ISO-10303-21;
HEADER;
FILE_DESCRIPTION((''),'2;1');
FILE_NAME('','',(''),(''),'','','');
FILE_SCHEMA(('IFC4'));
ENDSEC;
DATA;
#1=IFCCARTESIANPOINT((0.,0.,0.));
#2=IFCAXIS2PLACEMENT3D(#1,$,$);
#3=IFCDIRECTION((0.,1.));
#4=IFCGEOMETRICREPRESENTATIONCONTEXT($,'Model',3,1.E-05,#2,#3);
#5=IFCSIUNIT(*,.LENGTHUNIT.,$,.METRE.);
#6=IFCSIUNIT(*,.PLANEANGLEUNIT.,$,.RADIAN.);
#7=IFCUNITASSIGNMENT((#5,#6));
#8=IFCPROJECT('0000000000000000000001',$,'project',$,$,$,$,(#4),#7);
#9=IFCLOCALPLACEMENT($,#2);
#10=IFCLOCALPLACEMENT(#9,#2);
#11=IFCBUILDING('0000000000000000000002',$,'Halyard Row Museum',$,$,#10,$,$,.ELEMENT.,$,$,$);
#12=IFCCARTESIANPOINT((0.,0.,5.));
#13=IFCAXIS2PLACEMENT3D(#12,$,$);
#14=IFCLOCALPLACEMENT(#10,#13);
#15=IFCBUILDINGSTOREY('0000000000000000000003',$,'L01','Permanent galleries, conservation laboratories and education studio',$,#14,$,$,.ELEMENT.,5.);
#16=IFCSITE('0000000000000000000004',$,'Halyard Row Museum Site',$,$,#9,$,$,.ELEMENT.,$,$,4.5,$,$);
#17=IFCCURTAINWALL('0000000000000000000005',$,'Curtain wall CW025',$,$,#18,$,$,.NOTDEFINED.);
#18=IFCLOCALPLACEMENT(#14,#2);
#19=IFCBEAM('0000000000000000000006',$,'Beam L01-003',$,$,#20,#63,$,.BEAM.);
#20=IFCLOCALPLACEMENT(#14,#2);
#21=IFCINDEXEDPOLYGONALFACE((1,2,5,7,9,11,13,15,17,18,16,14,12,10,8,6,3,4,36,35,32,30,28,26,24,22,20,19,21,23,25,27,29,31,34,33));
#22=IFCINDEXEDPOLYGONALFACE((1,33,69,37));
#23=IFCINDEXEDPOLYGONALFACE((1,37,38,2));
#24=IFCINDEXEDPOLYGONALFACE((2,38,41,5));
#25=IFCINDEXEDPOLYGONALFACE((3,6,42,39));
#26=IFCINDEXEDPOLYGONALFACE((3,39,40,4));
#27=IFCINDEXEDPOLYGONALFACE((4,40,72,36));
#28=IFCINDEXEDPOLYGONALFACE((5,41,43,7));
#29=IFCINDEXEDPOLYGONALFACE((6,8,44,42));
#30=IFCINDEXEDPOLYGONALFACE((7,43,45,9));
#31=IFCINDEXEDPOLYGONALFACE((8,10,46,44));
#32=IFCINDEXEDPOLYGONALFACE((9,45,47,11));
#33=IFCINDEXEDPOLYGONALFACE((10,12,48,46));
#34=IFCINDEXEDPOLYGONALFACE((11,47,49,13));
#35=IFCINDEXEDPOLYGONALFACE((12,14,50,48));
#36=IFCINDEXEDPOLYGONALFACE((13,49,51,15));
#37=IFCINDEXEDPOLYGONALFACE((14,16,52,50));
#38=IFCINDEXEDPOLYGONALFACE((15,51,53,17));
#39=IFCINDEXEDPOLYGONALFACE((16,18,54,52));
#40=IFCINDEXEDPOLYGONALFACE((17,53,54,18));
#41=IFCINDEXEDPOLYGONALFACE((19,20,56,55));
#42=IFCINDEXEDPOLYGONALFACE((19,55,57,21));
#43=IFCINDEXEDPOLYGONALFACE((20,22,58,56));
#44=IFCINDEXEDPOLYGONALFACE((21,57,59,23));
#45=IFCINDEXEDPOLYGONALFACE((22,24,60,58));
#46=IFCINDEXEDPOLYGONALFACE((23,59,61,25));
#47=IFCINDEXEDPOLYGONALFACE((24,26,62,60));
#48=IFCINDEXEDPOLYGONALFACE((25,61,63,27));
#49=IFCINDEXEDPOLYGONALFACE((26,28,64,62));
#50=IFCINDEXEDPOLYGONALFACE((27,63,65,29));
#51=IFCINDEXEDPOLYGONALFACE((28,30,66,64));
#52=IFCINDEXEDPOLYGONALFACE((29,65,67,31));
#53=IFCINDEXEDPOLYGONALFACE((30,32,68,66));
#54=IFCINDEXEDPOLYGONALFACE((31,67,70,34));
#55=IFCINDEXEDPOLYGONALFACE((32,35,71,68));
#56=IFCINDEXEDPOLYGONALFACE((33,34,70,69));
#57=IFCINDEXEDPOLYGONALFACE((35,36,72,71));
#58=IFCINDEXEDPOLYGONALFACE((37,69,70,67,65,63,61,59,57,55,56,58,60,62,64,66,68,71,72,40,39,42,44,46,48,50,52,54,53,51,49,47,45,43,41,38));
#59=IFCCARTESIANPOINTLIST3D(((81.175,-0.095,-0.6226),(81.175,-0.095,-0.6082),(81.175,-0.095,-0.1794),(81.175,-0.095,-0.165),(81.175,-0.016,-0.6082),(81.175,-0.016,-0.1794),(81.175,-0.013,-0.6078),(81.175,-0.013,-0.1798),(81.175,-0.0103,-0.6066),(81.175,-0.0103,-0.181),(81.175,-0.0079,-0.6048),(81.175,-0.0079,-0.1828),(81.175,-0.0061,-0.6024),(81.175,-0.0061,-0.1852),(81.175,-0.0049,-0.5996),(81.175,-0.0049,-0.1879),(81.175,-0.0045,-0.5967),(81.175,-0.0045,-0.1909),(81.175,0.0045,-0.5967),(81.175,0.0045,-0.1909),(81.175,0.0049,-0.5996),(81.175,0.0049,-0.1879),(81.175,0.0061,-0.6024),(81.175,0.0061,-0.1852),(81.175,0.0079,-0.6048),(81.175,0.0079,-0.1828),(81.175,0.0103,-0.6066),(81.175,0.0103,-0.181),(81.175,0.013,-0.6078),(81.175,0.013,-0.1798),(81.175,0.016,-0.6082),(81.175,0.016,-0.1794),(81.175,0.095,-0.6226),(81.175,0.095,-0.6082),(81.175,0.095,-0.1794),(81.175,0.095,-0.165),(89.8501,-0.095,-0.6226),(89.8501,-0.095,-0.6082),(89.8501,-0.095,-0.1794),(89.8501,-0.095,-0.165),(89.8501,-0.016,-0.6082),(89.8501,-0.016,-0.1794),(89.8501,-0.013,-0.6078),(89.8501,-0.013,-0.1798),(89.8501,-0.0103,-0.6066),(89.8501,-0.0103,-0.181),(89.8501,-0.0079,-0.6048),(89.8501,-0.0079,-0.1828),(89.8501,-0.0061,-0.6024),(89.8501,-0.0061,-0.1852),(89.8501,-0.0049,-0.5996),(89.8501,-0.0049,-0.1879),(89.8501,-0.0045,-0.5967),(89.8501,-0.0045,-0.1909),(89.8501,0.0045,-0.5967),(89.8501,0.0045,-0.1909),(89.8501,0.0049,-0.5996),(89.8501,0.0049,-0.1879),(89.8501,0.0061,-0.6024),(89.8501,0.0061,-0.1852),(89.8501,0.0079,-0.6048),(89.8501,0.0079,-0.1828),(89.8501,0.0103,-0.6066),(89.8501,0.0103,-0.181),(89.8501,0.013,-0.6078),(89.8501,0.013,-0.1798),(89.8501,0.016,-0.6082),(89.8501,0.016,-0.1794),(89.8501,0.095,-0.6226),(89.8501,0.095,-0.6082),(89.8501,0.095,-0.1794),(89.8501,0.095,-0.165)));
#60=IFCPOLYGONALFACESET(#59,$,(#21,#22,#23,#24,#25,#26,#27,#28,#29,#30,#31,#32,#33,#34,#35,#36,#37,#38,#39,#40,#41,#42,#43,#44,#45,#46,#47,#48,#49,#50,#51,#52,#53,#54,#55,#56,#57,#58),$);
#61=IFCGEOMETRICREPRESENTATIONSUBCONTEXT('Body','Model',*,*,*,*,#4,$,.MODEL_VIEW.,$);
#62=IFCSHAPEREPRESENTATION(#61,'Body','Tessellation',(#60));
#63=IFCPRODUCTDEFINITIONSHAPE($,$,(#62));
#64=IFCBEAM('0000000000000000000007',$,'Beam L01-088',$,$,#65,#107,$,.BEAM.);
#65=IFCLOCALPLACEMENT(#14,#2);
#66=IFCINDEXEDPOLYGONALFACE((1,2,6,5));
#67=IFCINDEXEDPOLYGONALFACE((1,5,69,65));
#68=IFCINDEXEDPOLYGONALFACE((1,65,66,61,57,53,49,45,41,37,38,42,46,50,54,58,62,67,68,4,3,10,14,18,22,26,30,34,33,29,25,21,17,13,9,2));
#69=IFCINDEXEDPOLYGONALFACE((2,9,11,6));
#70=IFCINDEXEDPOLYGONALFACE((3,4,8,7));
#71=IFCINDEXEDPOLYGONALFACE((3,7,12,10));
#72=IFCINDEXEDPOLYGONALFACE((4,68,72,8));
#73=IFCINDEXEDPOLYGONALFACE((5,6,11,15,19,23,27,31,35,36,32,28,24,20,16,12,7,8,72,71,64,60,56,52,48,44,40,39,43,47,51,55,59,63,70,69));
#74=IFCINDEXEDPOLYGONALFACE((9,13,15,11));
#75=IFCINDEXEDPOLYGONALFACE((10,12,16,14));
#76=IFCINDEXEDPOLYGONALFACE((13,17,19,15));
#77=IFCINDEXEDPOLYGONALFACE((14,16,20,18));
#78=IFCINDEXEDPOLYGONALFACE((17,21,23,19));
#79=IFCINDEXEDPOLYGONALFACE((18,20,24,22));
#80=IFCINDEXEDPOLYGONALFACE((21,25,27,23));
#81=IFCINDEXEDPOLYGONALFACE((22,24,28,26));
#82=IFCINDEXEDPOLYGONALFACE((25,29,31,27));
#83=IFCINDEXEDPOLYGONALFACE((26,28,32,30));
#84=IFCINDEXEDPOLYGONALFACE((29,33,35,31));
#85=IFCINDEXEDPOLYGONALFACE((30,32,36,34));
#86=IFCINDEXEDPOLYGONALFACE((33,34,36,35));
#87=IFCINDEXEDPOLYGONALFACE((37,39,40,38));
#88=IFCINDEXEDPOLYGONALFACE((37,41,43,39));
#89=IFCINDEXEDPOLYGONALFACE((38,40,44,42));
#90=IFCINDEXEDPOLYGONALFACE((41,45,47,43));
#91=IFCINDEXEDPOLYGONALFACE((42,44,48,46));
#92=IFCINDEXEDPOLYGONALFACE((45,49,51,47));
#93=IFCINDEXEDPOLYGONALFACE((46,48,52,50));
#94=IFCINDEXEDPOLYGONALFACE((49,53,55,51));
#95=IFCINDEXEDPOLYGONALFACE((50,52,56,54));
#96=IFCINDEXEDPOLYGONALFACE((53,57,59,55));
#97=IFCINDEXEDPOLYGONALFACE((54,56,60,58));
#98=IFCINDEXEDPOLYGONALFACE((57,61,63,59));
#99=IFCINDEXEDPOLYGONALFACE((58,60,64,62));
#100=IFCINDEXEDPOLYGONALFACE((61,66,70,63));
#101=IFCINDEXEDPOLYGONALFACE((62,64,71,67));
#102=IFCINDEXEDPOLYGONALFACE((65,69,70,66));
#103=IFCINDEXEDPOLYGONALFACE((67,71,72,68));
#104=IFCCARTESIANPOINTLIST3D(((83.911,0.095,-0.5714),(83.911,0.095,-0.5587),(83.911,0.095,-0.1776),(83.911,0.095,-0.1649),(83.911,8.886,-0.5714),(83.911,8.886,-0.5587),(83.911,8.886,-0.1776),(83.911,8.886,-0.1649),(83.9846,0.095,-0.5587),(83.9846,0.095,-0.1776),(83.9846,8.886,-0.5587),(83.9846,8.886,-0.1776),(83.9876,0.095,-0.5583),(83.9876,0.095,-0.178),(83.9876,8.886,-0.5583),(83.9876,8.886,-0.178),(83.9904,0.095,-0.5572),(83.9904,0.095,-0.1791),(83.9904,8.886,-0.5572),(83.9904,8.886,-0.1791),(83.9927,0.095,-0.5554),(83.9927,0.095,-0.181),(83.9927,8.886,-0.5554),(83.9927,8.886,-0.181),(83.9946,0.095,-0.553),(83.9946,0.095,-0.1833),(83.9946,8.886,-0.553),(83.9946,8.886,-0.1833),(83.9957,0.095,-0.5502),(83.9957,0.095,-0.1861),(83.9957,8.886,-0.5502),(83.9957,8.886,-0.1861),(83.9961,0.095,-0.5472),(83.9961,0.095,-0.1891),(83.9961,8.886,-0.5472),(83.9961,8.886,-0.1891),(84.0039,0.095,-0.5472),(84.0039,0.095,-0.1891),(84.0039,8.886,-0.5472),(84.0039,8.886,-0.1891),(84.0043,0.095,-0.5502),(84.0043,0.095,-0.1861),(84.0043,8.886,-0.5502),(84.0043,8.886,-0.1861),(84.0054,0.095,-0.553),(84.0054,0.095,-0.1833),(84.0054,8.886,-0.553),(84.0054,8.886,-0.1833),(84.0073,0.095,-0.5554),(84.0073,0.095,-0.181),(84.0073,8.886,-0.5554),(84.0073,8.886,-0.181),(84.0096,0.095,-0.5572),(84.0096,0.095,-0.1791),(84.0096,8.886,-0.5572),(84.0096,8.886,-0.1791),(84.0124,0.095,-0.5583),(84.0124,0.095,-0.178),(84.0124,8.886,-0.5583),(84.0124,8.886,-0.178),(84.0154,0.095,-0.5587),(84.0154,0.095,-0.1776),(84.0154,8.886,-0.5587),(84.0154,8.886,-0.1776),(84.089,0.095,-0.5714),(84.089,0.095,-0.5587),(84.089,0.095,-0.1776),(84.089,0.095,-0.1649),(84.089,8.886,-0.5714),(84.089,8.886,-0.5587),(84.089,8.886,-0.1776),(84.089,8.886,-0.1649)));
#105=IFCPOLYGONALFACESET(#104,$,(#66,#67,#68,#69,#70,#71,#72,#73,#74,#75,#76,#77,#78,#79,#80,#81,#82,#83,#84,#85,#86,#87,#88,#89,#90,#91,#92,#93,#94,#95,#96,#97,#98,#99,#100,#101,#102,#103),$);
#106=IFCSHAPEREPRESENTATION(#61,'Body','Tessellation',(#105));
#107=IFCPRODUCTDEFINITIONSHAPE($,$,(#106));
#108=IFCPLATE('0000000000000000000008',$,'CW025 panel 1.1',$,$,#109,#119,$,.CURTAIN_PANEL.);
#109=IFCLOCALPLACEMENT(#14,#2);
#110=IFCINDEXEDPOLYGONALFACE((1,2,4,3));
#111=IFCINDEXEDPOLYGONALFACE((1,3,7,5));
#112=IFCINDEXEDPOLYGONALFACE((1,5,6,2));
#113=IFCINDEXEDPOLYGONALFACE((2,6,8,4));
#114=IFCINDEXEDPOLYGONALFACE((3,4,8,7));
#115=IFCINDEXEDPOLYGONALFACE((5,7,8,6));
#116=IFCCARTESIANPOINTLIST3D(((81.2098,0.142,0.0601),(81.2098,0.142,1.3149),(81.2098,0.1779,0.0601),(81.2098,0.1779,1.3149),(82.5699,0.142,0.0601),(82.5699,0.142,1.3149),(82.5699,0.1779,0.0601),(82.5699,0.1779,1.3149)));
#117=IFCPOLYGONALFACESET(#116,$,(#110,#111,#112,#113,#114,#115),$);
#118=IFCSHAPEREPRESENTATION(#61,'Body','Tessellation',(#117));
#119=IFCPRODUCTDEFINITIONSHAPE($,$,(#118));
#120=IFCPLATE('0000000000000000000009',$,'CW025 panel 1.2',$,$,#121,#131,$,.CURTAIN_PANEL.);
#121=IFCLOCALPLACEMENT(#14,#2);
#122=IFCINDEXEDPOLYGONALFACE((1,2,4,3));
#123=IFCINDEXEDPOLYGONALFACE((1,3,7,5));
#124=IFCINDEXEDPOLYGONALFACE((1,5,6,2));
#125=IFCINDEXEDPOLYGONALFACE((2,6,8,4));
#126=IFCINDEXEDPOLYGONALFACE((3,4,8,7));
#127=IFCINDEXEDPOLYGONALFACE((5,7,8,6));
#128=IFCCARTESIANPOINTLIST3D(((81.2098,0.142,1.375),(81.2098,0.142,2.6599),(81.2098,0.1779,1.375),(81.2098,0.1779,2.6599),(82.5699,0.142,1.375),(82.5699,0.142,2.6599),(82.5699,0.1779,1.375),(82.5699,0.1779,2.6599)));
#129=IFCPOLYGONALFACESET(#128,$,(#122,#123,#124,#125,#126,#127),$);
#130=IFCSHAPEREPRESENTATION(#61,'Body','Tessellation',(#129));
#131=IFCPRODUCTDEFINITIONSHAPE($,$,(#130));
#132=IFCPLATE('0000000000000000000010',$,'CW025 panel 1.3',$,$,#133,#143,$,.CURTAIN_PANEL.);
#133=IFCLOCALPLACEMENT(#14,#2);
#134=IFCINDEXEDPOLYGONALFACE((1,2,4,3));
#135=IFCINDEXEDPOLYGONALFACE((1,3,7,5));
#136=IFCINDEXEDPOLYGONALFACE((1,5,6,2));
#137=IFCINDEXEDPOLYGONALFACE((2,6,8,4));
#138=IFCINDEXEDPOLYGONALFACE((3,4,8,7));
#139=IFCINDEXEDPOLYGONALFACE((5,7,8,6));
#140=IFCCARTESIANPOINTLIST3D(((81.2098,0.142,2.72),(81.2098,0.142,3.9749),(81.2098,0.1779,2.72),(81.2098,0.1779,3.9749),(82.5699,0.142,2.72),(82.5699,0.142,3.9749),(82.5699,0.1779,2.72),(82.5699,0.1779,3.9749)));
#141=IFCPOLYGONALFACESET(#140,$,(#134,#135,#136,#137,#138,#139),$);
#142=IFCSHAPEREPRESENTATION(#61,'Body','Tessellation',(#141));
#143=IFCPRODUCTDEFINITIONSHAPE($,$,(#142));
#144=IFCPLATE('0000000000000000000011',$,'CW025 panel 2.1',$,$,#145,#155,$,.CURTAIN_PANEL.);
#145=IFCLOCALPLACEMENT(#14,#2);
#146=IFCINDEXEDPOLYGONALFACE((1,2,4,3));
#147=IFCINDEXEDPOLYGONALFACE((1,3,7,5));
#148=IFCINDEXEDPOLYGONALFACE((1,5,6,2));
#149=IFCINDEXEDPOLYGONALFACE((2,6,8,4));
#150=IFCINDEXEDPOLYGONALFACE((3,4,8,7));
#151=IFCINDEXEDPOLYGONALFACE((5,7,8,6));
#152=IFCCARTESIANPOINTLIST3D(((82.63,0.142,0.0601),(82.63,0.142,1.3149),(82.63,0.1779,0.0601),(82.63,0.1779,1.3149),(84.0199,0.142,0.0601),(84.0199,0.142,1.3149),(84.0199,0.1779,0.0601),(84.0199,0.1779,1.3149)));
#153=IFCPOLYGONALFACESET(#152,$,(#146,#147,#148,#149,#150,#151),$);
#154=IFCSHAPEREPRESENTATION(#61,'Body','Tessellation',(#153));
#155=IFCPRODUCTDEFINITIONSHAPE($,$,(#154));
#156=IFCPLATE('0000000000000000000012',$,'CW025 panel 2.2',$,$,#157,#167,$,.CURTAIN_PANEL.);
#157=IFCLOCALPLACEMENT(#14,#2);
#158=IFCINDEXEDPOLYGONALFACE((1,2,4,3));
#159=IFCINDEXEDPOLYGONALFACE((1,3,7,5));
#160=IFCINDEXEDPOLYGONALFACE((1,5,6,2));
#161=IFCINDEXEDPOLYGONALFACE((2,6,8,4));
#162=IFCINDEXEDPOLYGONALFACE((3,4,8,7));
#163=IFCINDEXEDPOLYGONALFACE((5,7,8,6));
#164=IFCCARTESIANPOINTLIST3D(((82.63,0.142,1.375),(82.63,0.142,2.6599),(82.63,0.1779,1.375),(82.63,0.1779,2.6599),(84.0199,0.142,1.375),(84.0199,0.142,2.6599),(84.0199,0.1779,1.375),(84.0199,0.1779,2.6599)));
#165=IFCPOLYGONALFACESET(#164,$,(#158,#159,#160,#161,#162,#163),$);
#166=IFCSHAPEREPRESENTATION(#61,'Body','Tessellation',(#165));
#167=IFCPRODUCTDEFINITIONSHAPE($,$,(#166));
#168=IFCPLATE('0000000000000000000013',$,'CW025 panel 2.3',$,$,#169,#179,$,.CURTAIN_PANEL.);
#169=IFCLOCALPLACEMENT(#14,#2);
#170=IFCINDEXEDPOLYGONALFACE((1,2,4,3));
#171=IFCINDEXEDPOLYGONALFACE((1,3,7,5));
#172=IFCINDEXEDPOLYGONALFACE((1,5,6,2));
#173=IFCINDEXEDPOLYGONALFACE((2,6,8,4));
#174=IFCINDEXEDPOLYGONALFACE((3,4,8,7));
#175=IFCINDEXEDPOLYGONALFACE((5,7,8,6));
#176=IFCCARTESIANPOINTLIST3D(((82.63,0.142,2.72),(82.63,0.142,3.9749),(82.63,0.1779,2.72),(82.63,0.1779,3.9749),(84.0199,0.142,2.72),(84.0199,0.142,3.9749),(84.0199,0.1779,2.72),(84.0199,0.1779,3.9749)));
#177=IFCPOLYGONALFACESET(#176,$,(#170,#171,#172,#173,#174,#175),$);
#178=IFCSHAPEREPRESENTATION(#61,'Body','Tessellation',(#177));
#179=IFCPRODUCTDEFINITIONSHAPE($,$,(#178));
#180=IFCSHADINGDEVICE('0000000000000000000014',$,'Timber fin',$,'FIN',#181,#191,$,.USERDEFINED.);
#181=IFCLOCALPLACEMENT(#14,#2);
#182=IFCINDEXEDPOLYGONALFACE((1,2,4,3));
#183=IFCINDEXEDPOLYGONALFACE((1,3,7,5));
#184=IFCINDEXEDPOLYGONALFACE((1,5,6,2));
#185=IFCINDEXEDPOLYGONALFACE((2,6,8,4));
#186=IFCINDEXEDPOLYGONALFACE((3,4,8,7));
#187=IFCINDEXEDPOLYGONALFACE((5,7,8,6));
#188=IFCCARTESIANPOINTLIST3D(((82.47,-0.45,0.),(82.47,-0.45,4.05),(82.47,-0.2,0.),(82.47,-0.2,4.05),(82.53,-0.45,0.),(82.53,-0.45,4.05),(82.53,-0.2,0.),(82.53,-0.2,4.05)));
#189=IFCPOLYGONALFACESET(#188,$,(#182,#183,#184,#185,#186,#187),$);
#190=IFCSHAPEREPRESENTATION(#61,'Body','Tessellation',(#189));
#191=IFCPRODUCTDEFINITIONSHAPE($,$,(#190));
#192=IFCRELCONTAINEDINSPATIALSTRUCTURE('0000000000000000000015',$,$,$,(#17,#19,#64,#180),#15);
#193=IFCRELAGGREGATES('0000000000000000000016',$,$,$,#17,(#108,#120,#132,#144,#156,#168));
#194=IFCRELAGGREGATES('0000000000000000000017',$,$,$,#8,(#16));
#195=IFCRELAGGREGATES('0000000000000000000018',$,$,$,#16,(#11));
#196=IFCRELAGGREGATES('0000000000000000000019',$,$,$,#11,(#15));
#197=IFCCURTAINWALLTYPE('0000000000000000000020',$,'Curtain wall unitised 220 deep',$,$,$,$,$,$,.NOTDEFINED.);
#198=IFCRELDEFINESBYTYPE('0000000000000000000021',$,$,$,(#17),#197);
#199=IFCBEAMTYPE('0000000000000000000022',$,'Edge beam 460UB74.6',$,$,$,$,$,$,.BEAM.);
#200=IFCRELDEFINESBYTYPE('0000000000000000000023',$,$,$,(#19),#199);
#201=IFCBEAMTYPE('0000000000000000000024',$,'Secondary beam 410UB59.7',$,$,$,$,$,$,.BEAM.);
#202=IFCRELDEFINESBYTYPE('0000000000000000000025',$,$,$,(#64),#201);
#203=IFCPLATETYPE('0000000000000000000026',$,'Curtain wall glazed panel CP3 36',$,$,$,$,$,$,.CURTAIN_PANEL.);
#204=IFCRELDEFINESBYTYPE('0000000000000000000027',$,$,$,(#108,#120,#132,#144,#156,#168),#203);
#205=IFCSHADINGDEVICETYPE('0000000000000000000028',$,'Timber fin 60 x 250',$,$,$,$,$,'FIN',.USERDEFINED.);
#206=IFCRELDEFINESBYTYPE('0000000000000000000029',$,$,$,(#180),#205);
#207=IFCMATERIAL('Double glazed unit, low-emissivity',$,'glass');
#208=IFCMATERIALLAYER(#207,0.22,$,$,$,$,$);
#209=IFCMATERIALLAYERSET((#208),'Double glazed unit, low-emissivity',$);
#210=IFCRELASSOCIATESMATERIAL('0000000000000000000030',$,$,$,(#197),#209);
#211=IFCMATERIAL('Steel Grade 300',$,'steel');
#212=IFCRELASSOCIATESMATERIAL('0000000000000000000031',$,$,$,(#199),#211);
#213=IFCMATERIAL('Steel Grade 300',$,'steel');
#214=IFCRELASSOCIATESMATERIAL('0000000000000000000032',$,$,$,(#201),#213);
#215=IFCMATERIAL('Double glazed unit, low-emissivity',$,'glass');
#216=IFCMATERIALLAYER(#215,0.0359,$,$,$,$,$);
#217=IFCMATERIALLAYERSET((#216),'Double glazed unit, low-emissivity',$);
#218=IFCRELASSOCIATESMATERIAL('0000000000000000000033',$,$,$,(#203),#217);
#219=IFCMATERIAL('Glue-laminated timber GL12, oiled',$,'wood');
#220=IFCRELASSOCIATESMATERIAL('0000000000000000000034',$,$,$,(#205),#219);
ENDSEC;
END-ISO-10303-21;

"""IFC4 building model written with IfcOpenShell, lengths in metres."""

from ifc_helpers import new_model, si_unit, direction, frame, origin, origin_2d, place, context, subcontext, project, spatial, rectangle, i_section, extrude, material, layer, layer_set, material_profile, profile_set, type_object, element, aggregate, save


model = new_model("IFC4")

# Units and contexts
model_context = context("Model", 3, precision=1e-05, world=origin(), true_north=direction((0.0, 1.0)))
body_context = subcontext(model_context, "Body", "Model", "MODEL_VIEW")
ifc_project = project(units=[si_unit("LENGTHUNIT", "METRE"), si_unit("PLANEANGLEUNIT", "RADIAN")], contexts=[model_context])

# Site, building, storey
site_placement = place(None, origin())
site = spatial("IfcSite", under=ifc_project, at=site_placement, Name="Halyard Row Museum Site", CompositionType="ELEMENT", RefElevation=4.5)
building_placement = place(site_placement, origin())
building = spatial("IfcBuilding", under=site, at=building_placement, Name="Halyard Row Museum", CompositionType="ELEMENT")
storey_placement = place(building_placement, frame((0.0, 0.0, 5.0)))
storey = spatial("IfcBuildingStorey", under=building, at=storey_placement, Name="L01", Description="Permanent galleries, conservation laboratories and education studio", CompositionType="ELEMENT", Elevation=5.0)

# Curtain wall
ifc_material_1 = material(Name="Double glazed unit, low-emissivity", Category="glass")
ifc_layer_1 = layer(ifc_material_1, 0.22)
ifc_layer_set_1 = layer_set([ifc_layer_1], Name="Double glazed unit, low-emissivity")
curtain_wall_type = type_object("IfcCurtainWallType", Name="Curtain wall unitised 220 deep", PredefinedType="NOTDEFINED", material=ifc_layer_set_1)
curtain_wall_placement = place(storey_placement, origin())
curtain_wall = element("IfcCurtainWall", 1, at=curtain_wall_placement, inside=storey, type_object=curtain_wall_type, Name="Curtain wall CW025", PredefinedType="NOTDEFINED")

# Beams
ifc_material_2 = material(Name="Steel Grade 300", Category="steel")
ifc_material_profile_1 = material_profile(ifc_material_2, i_section(OverallWidth=0.1899, OverallDepth=0.4575, WebThickness=0.009, FlangeThickness=0.0144, FilletRadius=0.0115, at=origin_2d()), Name="460UB74.6")
ifc_profile_set_1 = profile_set([ifc_material_profile_1], Name="Steel Grade 300")
beam_type_1 = type_object("IfcBeamType", Name="Edge beam 460UB74.6", PredefinedType="BEAM", material=ifc_profile_set_1)
beam_1_placement = place(storey_placement, frame((81.175, 0.0, -0.3938), z_axis=(1.0, 0.0, 0.0), x_axis=(0.0, 1.0, 0.0)))
element("IfcBeam", 2, at=beam_1_placement, inside=storey, type_object=beam_type_1, Name="Beam L01-003", PredefinedType="BEAM", context=body_context, shape_type="SweptSolid", body=[
    extrude(i_section(OverallWidth=0.1899, OverallDepth=0.4575, WebThickness=0.009, FlangeThickness=0.0144, FilletRadius=0.0115, at=origin_2d()), origin(), (0.0, 0.0, 1.0), 8.675),
])
ifc_material_3 = material(Name="Steel Grade 300", Category="steel")
ifc_material_profile_2 = material_profile(ifc_material_3, i_section(OverallWidth=0.178, OverallDepth=0.4065, WebThickness=0.0078, FlangeThickness=0.0127, FilletRadius=0.0115, at=origin_2d()), Name="410UB59.7")
ifc_profile_set_2 = profile_set([ifc_material_profile_2], Name="Steel Grade 300")
beam_type_2 = type_object("IfcBeamType", Name="Secondary beam 410UB59.7", PredefinedType="BEAM", material=ifc_profile_set_2)
beam_2_placement = place(storey_placement, frame((84.0, 0.095, -0.3682), z_axis=(0.0, 1.0, 0.0), x_axis=(-1.0, 0.0, 0.0)))
element("IfcBeam", 3, at=beam_2_placement, inside=storey, type_object=beam_type_2, Name="Beam L01-088", PredefinedType="BEAM", context=body_context, shape_type="SweptSolid", body=[
    extrude(i_section(OverallWidth=0.178, OverallDepth=0.4065, WebThickness=0.0078, FlangeThickness=0.0127, FilletRadius=0.0115, at=origin_2d()), origin(), (0.0, 0.0, 1.0), 8.791),
])

# Plates
ifc_material_4 = material(Name="Double glazed unit, low-emissivity", Category="glass")
ifc_layer_2 = layer(ifc_material_4, 0.0359)
ifc_layer_set_2 = layer_set([ifc_layer_2], Name="Double glazed unit, low-emissivity")
plate_type = type_object("IfcPlateType", Name="Curtain wall glazed panel CP3 36", PredefinedType="CURTAIN_PANEL", material=ifc_layer_set_2)
plate_1_placement = place(storey_placement, frame((81.8899, 0.1599, 0.0601), z_axis=(0.0, 0.0, 1.0), x_axis=(1.0, 0.0, 0.0)))
plate_1 = element("IfcPlate", 4, at=plate_1_placement, type_object=plate_type, Name="CW025 panel 1.1", PredefinedType="CURTAIN_PANEL", context=body_context, shape_type="SweptSolid", body=[
    extrude(rectangle(XDim=1.3601, YDim=0.0359, at=origin_2d()), origin(), (0.0, 0.0, 1.0), 1.2549),
])
plate_2_placement = place(storey_placement, frame((81.8899, 0.1599, 1.375), z_axis=(0.0, 0.0, 1.0), x_axis=(1.0, 0.0, 0.0)))
plate_2 = element("IfcPlate", 5, at=plate_2_placement, type_object=plate_type, Name="CW025 panel 1.2", PredefinedType="CURTAIN_PANEL", context=body_context, shape_type="SweptSolid", body=[
    extrude(rectangle(XDim=1.3601, YDim=0.0359, at=origin_2d()), origin(), (0.0, 0.0, 1.0), 1.2849),
])
plate_3_placement = place(storey_placement, frame((81.8899, 0.1599, 2.72), z_axis=(0.0, 0.0, 1.0), x_axis=(1.0, 0.0, 0.0)))
plate_3 = element("IfcPlate", 6, at=plate_3_placement, type_object=plate_type, Name="CW025 panel 1.3", PredefinedType="CURTAIN_PANEL", context=body_context, shape_type="SweptSolid", body=[
    extrude(rectangle(XDim=1.3601, YDim=0.0359, at=origin_2d()), origin(), (0.0, 0.0, 1.0), 1.2549),
])
plate_4_placement = place(storey_placement, frame((83.325, 0.1599, 0.0601), z_axis=(0.0, 0.0, 1.0), x_axis=(1.0, 0.0, 0.0)))
plate_4 = element("IfcPlate", 7, at=plate_4_placement, type_object=plate_type, Name="CW025 panel 2.1", PredefinedType="CURTAIN_PANEL", context=body_context, shape_type="SweptSolid", body=[
    extrude(rectangle(XDim=1.3899, YDim=0.0359, at=origin_2d()), origin(), (0.0, 0.0, 1.0), 1.2549),
])
plate_5_placement = place(storey_placement, frame((83.325, 0.1599, 1.375), z_axis=(0.0, 0.0, 1.0), x_axis=(1.0, 0.0, 0.0)))
plate_5 = element("IfcPlate", 8, at=plate_5_placement, type_object=plate_type, Name="CW025 panel 2.2", PredefinedType="CURTAIN_PANEL", context=body_context, shape_type="SweptSolid", body=[
    extrude(rectangle(XDim=1.3899, YDim=0.0359, at=origin_2d()), origin(), (0.0, 0.0, 1.0), 1.2849),
])
plate_6_placement = place(storey_placement, frame((83.325, 0.1599, 2.72), z_axis=(0.0, 0.0, 1.0), x_axis=(1.0, 0.0, 0.0)))
plate_6 = element("IfcPlate", 9, at=plate_6_placement, type_object=plate_type, Name="CW025 panel 2.3", PredefinedType="CURTAIN_PANEL", context=body_context, shape_type="SweptSolid", body=[
    extrude(rectangle(XDim=1.3899, YDim=0.0359, at=origin_2d()), origin(), (0.0, 0.0, 1.0), 1.2549),
])
aggregate(curtain_wall, [plate_1, plate_2, plate_3, plate_4, plate_5, plate_6])

# Shading device
ifc_material_5 = material(Name="Glue-laminated timber GL12, oiled", Category="wood")
shading_device_type = type_object("IfcShadingDeviceType", Name="Timber fin 60 x 250", ElementType="FIN", PredefinedType="USERDEFINED", material=ifc_material_5)
shading_device_placement = place(storey_placement, frame((82.5, -0.325, 0.0), z_axis=(0.0, 0.0, 1.0), x_axis=(1.0, 0.0, 0.0)))
element("IfcShadingDevice", 10, at=shading_device_placement, inside=storey, type_object=shading_device_type, Name="Timber fin", ObjectType="FIN", PredefinedType="USERDEFINED", context=body_context, shape_type="SweptSolid", body=[
    extrude(rectangle(XDim=0.0601, YDim=0.25, at=origin_2d()), origin(), (0.0, 0.0, 1.0), 4.05),
])

save(model, "model.ifc")
